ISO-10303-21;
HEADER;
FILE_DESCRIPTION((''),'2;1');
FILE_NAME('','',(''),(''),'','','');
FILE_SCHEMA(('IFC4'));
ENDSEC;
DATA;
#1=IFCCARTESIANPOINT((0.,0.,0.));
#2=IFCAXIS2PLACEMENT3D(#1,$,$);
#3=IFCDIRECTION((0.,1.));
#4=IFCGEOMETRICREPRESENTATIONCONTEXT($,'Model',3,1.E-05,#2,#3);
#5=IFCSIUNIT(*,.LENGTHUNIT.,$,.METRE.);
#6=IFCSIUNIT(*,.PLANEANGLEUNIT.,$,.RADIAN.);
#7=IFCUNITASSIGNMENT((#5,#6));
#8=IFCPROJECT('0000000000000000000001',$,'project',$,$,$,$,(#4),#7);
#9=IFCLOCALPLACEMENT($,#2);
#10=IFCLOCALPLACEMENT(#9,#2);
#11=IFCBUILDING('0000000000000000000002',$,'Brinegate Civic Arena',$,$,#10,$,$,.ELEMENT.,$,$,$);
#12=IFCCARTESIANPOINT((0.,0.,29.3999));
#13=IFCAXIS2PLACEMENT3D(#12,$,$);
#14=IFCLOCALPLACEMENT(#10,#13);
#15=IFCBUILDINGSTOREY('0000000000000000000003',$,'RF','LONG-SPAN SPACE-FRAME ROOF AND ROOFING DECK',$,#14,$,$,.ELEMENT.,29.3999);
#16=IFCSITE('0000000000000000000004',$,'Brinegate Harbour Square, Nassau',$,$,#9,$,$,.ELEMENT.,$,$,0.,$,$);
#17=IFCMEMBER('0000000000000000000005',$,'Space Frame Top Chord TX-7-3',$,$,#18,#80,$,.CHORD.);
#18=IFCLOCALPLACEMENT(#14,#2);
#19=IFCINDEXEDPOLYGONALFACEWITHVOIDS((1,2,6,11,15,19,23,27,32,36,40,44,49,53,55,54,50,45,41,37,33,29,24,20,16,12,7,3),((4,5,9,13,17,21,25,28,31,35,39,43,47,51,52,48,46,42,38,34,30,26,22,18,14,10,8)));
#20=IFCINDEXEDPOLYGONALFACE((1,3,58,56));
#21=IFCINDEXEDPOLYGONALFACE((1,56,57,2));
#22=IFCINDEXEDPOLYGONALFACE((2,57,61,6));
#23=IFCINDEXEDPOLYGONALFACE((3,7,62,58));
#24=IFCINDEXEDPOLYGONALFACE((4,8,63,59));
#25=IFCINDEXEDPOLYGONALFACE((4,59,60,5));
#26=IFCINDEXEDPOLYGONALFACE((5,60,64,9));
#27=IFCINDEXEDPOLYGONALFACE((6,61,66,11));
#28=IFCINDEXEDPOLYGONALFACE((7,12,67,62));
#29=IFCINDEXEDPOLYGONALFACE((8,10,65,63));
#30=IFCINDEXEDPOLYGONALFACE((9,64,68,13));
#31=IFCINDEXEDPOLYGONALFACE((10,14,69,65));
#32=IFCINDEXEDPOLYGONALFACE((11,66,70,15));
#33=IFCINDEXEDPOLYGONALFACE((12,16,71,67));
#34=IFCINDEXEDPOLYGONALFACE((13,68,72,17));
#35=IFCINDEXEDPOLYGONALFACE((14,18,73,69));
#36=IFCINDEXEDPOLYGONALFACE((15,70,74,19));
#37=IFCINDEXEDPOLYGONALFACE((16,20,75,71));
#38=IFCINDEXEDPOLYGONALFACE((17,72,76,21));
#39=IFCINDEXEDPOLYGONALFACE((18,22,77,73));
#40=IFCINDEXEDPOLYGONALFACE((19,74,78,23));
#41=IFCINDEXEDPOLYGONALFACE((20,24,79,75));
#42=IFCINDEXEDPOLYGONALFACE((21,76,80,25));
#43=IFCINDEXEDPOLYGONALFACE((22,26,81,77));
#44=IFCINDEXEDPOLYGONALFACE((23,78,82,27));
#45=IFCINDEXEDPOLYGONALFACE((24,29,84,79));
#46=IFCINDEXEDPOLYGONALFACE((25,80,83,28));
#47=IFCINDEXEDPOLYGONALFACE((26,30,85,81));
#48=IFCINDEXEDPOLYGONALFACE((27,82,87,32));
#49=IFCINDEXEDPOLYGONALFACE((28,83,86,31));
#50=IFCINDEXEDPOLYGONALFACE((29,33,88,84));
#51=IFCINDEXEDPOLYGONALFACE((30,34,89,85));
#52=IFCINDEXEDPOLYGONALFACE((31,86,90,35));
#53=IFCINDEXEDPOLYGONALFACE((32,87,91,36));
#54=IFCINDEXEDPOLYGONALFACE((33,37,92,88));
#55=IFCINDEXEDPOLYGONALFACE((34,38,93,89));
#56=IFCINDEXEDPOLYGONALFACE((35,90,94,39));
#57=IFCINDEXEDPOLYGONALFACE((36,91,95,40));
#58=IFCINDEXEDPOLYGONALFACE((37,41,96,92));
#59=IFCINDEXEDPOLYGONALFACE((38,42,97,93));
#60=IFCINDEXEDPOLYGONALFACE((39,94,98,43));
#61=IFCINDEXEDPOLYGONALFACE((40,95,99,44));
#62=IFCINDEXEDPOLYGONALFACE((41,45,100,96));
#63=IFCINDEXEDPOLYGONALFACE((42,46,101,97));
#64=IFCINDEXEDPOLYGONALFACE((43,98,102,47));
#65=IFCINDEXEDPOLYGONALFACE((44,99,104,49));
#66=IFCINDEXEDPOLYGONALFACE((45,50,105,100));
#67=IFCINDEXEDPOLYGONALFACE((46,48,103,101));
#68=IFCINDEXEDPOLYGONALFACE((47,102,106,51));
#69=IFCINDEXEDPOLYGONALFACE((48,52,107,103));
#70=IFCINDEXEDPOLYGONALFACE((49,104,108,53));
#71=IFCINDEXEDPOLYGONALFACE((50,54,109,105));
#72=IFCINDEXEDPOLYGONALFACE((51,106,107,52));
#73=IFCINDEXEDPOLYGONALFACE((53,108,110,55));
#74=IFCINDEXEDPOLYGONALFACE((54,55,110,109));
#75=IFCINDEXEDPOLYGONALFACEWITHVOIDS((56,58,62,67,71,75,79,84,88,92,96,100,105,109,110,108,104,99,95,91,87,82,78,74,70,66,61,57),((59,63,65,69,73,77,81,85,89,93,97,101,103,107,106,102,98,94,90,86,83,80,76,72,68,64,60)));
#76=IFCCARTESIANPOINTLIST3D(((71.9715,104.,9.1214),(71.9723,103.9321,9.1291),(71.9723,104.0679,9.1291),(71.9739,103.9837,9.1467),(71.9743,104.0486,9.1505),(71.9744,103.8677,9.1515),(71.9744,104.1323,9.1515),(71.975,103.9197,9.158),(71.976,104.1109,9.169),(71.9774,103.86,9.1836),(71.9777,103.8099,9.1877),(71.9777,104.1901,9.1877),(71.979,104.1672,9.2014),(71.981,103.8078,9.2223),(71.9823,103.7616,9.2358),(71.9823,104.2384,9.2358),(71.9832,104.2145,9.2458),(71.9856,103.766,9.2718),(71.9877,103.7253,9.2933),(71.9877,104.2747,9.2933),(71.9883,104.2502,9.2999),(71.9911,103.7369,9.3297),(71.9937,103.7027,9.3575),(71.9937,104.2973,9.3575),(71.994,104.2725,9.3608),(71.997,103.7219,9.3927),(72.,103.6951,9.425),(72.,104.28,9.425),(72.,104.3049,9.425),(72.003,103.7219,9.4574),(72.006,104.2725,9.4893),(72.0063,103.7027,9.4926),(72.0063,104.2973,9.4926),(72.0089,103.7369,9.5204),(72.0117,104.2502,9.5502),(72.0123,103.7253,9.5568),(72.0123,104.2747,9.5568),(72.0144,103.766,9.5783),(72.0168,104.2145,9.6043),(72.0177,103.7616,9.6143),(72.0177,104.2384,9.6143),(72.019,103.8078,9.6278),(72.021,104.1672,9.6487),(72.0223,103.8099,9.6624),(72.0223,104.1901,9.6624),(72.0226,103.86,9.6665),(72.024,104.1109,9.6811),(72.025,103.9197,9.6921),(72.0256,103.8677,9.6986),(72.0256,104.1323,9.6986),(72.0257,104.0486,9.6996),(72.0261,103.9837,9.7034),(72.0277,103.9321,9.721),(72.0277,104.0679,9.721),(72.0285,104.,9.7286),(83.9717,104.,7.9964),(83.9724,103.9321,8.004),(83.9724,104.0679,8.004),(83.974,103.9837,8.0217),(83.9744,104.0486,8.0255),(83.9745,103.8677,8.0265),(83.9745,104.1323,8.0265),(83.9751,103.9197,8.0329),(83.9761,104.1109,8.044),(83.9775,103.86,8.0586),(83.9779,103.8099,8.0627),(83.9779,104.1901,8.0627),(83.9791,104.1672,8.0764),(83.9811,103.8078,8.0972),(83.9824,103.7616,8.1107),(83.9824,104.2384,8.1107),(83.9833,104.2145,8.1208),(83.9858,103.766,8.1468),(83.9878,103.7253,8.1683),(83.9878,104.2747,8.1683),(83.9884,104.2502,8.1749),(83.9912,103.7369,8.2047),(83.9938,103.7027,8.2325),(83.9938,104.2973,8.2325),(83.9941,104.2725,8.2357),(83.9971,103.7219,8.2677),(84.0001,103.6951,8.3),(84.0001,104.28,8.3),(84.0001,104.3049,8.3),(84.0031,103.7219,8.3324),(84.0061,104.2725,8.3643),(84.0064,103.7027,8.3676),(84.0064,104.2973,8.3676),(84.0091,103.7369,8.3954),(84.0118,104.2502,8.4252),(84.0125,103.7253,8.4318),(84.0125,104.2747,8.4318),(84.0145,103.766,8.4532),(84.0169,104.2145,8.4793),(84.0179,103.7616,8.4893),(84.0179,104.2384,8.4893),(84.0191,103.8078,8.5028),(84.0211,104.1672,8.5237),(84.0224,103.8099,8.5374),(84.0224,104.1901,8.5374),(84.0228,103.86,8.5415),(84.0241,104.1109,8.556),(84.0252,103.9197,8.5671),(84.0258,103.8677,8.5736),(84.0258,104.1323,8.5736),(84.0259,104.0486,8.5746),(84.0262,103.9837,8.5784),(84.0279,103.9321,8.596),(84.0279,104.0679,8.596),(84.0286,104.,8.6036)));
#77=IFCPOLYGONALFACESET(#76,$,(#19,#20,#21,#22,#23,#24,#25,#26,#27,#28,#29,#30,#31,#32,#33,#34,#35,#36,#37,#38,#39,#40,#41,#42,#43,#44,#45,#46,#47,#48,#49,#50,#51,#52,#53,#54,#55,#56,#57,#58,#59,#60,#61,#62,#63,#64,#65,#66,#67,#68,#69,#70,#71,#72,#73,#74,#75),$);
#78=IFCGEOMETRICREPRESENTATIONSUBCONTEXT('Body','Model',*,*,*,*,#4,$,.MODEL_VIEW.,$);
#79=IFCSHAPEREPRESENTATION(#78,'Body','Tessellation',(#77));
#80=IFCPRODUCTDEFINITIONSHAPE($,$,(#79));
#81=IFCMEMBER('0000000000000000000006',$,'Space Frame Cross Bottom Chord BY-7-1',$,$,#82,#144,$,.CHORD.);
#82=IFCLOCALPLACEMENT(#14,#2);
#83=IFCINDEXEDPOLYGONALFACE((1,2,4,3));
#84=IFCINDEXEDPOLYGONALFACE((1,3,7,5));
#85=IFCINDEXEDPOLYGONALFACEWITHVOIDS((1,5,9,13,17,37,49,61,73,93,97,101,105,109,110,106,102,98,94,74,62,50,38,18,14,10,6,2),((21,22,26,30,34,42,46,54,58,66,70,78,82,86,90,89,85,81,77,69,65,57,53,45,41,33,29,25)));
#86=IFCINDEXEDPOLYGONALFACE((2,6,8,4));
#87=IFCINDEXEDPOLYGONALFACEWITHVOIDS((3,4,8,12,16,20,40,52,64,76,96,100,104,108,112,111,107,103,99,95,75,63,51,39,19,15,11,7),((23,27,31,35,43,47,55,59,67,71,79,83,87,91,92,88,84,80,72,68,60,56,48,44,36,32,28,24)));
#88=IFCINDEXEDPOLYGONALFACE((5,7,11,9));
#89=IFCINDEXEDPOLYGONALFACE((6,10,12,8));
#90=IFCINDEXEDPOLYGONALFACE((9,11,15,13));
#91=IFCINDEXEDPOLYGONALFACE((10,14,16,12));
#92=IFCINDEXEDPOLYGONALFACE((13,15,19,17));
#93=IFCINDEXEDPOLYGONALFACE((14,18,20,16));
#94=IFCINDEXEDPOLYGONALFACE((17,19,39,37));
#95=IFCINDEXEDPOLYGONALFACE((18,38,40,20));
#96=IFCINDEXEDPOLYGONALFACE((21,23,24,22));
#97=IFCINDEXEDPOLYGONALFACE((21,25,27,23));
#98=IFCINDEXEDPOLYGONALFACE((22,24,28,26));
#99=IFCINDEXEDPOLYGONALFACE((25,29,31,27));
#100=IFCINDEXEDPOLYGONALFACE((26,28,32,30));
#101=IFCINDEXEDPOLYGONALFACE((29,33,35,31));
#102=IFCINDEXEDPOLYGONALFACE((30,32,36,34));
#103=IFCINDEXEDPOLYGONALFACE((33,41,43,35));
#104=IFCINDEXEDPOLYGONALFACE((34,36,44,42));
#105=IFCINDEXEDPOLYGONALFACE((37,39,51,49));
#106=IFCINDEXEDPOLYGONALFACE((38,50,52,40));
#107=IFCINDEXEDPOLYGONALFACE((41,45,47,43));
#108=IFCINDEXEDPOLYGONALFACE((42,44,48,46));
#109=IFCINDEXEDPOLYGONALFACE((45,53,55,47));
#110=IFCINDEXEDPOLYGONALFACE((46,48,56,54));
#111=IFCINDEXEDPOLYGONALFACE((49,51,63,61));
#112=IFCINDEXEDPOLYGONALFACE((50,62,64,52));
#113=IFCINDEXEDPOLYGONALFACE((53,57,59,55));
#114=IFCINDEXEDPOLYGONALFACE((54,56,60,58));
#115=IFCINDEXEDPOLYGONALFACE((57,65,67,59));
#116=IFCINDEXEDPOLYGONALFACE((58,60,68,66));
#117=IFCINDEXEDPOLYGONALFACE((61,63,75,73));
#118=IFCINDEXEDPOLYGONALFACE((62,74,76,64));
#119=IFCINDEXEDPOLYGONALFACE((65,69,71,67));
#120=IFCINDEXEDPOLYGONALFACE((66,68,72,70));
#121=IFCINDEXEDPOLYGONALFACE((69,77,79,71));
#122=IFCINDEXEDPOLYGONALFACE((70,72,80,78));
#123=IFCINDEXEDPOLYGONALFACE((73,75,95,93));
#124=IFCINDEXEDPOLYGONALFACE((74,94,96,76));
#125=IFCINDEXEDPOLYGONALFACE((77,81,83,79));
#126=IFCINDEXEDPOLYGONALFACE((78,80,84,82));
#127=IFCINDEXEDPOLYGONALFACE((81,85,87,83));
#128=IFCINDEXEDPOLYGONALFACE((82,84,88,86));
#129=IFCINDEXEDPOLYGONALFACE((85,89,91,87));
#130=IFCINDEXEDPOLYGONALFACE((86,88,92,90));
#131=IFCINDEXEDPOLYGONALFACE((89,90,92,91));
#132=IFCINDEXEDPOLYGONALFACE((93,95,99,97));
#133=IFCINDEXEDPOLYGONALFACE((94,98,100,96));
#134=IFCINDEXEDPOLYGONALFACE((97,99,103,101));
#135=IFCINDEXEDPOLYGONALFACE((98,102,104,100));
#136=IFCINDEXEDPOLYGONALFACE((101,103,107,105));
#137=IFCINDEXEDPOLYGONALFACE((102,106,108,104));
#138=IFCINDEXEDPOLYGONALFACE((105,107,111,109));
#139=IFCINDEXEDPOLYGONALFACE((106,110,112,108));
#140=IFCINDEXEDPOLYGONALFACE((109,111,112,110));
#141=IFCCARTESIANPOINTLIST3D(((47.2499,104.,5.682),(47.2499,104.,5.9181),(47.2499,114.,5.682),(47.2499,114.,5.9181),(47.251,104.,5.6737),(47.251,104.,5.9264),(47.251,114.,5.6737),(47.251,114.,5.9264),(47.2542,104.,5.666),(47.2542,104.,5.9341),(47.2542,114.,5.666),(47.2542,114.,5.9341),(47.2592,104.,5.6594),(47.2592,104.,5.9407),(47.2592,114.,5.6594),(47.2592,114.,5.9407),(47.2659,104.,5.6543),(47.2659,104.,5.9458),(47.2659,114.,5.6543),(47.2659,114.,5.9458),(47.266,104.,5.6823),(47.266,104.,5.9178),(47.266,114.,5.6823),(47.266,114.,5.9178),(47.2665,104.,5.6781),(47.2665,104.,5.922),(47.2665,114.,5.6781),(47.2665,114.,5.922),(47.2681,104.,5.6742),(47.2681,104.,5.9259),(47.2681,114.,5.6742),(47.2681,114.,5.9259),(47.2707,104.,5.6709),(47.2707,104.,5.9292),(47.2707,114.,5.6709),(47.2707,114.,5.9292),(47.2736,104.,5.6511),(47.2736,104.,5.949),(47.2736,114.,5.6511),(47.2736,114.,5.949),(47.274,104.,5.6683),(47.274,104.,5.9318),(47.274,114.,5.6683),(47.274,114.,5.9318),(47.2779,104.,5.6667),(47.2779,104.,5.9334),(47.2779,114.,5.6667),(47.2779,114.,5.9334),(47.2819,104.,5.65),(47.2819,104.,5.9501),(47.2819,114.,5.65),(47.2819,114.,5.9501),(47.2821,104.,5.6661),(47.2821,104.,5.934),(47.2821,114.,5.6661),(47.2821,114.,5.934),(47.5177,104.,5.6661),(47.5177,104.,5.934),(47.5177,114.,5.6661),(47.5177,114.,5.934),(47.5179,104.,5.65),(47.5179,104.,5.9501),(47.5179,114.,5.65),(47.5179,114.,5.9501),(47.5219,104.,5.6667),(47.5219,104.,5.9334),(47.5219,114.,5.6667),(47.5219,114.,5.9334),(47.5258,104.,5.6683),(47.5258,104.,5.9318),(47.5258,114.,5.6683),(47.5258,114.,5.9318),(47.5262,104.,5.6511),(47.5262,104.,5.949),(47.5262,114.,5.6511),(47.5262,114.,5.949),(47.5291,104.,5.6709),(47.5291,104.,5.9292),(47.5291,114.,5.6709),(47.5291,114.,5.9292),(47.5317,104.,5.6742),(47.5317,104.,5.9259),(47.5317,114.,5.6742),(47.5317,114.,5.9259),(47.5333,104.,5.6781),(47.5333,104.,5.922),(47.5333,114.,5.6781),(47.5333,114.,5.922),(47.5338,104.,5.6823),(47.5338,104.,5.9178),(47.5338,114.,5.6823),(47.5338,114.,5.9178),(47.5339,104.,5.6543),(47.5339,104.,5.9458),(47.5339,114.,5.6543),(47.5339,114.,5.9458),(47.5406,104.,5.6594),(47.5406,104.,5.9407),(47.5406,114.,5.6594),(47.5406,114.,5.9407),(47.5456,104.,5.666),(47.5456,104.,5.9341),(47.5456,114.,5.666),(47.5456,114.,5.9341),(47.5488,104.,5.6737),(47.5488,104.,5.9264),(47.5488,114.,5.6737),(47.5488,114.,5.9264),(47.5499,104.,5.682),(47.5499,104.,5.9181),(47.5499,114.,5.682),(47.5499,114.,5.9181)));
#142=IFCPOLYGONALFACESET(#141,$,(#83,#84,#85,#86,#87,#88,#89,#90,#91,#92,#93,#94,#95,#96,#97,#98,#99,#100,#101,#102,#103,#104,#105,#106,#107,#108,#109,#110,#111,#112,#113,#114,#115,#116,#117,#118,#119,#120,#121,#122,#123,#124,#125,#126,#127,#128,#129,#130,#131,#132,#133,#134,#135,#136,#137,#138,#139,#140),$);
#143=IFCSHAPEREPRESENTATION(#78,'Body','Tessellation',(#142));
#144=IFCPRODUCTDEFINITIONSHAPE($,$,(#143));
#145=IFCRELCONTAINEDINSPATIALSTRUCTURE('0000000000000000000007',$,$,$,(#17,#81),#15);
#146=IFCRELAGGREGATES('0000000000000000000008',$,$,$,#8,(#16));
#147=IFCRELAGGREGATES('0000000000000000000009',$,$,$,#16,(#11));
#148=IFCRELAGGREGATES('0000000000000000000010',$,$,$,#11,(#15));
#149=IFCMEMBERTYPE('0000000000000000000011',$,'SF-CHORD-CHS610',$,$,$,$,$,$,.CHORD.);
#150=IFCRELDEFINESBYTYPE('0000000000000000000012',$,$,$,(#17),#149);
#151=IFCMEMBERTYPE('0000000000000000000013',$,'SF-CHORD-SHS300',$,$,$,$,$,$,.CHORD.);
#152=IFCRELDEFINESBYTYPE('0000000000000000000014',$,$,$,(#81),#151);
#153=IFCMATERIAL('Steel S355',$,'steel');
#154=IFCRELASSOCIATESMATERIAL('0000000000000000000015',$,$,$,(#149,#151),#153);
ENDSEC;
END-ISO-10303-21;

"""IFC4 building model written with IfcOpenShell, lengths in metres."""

from ifc_helpers import new_model, si_unit, direction, frame, origin, origin_2d, place, context, subcontext, project, spatial, hollow_rectangle, hollow_circle, extrude, material, material_profile, profile_set, type_object, element, save


model = new_model("IFC4")

# Units and contexts
model_context = context("Model", 3, precision=1e-05, world=origin(), true_north=direction((0.0, 1.0)))
body_context = subcontext(model_context, "Body", "Model", "MODEL_VIEW")
ifc_project = project(units=[si_unit("LENGTHUNIT", "METRE"), si_unit("PLANEANGLEUNIT", "RADIAN")], contexts=[model_context])

# Site, building, storey
site_placement = place(None, origin())
site = spatial("IfcSite", under=ifc_project, at=site_placement, Name="Brinegate Harbour Square, Nassau", CompositionType="ELEMENT", RefElevation=0.0)
building_placement = place(site_placement, origin())
building = spatial("IfcBuilding", under=site, at=building_placement, Name="Brinegate Civic Arena", CompositionType="ELEMENT")
storey_placement = place(building_placement, frame((0.0, 0.0, 29.3999)))
storey = spatial("IfcBuildingStorey", under=building, at=storey_placement, Name="RF", Description="LONG-SPAN SPACE-FRAME ROOF AND ROOFING DECK", CompositionType="ELEMENT", Elevation=29.3999)

# Shared definitions
ifc_material_1 = material(Name="Steel S355", Category="steel")

# Members
ifc_material_profile_1 = material_profile(ifc_material_1, hollow_circle(Radius=0.3049, WallThickness=0.0249, at=origin_2d()), Name="CHS610X25")
ifc_profile_set_1 = profile_set([ifc_material_profile_1], Name="Steel S355")
member_type_1 = type_object("IfcMemberType", Name="SF-CHORD-CHS610", PredefinedType="CHORD", material=ifc_profile_set_1)
member_1_placement = place(storey_placement, frame((72.0, 104.0, 9.425), z_axis=(0.995634, 0.0, -0.093341), x_axis=(0.0, 1.0, 0.0)))
element("IfcMember", 1, at=member_1_placement, inside=storey, type_object=member_type_1, Name="Space Frame Top Chord TX-7-3", PredefinedType="CHORD", context=body_context, shape_type="SweptSolid", body=[
    extrude(hollow_circle(Radius=0.3049, WallThickness=0.0249, at=origin_2d()), origin(), (0.0, 0.0, 1.0), 12.0527),
])
ifc_material_profile_2 = material_profile(ifc_material_1, hollow_rectangle(XDim=0.3, YDim=0.3, WallThickness=0.0161, InnerFilletRadius=0.0161, OuterFilletRadius=0.032, at=origin_2d()), Name="SHS300X16")
ifc_profile_set_2 = profile_set([ifc_material_profile_2], Name="Steel S355")
member_type_2 = type_object("IfcMemberType", Name="SF-CHORD-SHS300", PredefinedType="CHORD", material=ifc_profile_set_2)
for number, where, z_axis, x_axis, name in (
    (2, (47.3999, 104.0, 5.8), (0.0, 1.0, 0.0), (-1.0, 0.0, 0.0), "Space Frame Cross Bottom Chord BY-7-1"),
):
    element("IfcMember", number, at=place(storey_placement, frame(where, z_axis=z_axis, x_axis=x_axis)), inside=storey, type_object=member_type_2, Name=name, PredefinedType="CHORD", context=body_context, shape_type="SweptSolid", body=[
        extrude(hollow_rectangle(XDim=0.3, YDim=0.3, WallThickness=0.0161, InnerFilletRadius=0.0161, OuterFilletRadius=0.032, at=origin_2d()), origin(), (0.0, 0.0, 1.0), 10.0),
    ])

save(model, "model.ifc")
